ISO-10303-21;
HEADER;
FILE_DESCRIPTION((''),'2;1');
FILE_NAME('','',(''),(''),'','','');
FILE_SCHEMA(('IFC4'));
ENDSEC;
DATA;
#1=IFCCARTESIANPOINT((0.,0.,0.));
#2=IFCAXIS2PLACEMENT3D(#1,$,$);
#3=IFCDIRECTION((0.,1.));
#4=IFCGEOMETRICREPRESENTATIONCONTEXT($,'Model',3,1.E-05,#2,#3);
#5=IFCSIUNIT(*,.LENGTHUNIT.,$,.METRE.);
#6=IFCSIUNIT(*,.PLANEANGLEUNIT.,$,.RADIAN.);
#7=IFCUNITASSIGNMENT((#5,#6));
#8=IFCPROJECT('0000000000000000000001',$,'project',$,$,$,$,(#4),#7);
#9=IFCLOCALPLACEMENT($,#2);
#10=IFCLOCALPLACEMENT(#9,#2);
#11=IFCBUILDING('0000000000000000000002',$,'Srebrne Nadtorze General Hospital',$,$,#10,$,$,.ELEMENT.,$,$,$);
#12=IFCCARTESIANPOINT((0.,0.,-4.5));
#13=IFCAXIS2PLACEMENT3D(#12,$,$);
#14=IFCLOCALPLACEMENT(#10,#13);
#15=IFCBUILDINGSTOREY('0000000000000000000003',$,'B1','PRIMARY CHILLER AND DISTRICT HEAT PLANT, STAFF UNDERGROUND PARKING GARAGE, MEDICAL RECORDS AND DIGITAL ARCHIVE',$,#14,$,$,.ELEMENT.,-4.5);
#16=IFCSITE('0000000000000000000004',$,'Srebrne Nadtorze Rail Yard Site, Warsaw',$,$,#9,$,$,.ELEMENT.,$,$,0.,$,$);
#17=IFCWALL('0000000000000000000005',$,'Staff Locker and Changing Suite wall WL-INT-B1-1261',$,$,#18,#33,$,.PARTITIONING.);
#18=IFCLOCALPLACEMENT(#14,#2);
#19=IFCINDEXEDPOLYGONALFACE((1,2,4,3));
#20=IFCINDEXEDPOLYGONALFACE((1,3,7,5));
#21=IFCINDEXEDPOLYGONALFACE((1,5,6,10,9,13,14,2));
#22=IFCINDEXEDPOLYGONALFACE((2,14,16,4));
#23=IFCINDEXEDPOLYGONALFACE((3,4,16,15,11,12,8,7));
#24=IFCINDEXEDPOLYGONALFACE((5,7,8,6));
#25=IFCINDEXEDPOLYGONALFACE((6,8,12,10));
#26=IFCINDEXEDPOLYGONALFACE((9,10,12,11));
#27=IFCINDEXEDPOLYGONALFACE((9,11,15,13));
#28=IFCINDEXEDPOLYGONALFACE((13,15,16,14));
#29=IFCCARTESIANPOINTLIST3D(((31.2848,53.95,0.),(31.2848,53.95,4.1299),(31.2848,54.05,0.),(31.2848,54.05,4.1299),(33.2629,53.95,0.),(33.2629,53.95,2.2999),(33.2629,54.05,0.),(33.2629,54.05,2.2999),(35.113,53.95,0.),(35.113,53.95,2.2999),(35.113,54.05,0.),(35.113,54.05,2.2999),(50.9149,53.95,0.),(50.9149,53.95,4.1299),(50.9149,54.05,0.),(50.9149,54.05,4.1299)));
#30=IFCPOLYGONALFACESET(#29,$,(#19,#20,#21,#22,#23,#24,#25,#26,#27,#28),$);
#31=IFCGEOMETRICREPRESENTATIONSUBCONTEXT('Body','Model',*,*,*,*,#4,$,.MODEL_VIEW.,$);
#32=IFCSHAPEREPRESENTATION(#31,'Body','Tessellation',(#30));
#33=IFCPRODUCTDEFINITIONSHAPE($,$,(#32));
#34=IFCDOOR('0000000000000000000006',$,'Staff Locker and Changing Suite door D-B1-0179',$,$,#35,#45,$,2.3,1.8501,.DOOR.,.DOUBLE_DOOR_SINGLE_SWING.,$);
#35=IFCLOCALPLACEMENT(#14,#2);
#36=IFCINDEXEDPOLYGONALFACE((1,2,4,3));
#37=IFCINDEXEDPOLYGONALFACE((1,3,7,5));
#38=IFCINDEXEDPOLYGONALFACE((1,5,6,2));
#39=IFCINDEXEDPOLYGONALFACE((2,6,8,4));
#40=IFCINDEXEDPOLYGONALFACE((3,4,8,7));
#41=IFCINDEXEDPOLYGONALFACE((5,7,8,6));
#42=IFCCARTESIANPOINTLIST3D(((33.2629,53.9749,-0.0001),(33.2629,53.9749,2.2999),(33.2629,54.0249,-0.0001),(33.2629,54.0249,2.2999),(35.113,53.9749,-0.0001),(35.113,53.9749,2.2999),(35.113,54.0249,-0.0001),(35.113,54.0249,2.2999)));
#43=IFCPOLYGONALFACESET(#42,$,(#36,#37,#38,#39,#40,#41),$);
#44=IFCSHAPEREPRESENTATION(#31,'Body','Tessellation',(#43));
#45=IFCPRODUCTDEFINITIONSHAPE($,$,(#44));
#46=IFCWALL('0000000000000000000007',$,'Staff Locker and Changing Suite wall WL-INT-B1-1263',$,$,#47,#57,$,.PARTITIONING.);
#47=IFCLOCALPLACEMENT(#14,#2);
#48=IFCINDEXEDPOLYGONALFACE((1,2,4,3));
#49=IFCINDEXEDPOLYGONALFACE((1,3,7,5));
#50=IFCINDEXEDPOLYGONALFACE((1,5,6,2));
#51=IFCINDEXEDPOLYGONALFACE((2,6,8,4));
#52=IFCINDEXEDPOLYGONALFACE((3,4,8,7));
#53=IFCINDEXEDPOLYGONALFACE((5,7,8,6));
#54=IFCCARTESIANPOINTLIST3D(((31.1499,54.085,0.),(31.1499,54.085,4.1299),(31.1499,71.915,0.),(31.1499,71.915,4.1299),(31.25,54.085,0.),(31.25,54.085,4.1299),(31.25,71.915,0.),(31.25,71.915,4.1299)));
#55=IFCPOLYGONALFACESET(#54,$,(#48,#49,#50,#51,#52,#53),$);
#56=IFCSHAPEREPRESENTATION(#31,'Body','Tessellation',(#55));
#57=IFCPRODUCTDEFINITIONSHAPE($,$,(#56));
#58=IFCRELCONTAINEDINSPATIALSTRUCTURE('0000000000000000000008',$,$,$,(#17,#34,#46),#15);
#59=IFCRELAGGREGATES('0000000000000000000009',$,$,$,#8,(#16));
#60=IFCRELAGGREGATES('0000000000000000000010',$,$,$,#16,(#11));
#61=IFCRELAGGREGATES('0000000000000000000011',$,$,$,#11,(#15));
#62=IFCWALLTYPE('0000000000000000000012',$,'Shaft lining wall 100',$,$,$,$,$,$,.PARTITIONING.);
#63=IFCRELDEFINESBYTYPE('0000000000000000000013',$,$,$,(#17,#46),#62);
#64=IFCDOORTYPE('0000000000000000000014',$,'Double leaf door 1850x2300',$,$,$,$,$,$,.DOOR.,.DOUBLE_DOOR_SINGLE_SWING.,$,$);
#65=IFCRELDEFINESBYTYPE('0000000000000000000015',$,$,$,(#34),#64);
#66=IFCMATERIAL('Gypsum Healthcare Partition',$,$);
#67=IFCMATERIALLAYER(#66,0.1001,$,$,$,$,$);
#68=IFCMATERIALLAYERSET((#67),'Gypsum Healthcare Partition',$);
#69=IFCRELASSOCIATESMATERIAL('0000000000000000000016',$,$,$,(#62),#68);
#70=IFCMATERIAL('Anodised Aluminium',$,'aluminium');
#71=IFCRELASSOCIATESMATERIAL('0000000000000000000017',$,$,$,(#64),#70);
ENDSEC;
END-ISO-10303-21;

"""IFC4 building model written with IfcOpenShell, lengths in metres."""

from ifc_helpers import new_model, si_unit, direction, frame, frame_2d, origin, place, context, subcontext, project, spatial, rectangle, extrude, material, layer, layer_set, type_object, element, fill, save


model = new_model("IFC4")

# Units and contexts
model_context = context("Model", 3, precision=1e-05, world=origin(), true_north=direction((0.0, 1.0)))
body_context = subcontext(model_context, "Body", "Model", "MODEL_VIEW")
ifc_project = project(units=[si_unit("LENGTHUNIT", "METRE"), si_unit("PLANEANGLEUNIT", "RADIAN")], contexts=[model_context])

# Site, building, storey
site_placement = place(None, origin())
site = spatial("IfcSite", under=ifc_project, at=site_placement, Name="Srebrne Nadtorze Rail Yard Site, Warsaw", CompositionType="ELEMENT", RefElevation=0.0)
building_placement = place(site_placement, origin())
building = spatial("IfcBuilding", under=site, at=building_placement, Name="Srebrne Nadtorze General Hospital", CompositionType="ELEMENT")
storey_placement = place(building_placement, frame((0.0, 0.0, -4.5)))
storey = spatial("IfcBuildingStorey", under=building, at=storey_placement, Name="B1", Description="PRIMARY CHILLER AND DISTRICT HEAT PLANT, STAFF UNDERGROUND PARKING GARAGE, MEDICAL RECORDS AND DIGITAL ARCHIVE", CompositionType="ELEMENT", Elevation=-4.5)

# Wall, opening, door
ifc_material_1 = material(Name="Gypsum Healthcare Partition")
ifc_layer_1 = layer(ifc_material_1, 0.1001)
ifc_layer_set_1 = layer_set([ifc_layer_1], Name="Gypsum Healthcare Partition")
wall_type = type_object("IfcWallType", Name="Shaft lining wall 100", PredefinedType="PARTITIONING", material=ifc_layer_set_1)
wall_1_placement = place(storey_placement, frame((31.2849, 54.0, 0.0), z_axis=(0.0, 0.0, 1.0), x_axis=(1.0, 0.0, 0.0)))
wall_1 = element("IfcWall", 1, at=wall_1_placement, inside=storey, type_object=wall_type, Name="Staff Locker and Changing Suite wall WL-INT-B1-1261", PredefinedType="PARTITIONING", context=body_context, shape_type="SweptSolid", body=[
    extrude(rectangle(XDim=19.6301, YDim=0.1001, at=frame_2d((9.8149, 0.0))), origin(), (0.0, 0.0, 1.0), 4.1299),
])
opening_placement = place(wall_1_placement, frame((1.978, 0.0, 0.0)))
opening = element("IfcOpeningElement", 2, at=opening_placement, cuts=wall_1, PredefinedType="OPENING", context=body_context, shape_type="SweptSolid", body=[
    extrude(rectangle(XDim=1.8501, YDim=2.3, at=frame_2d((0.925, 1.1499))), frame((0.0, 0.062, 0.0), z_axis=(0.0, -1.0, 0.0), x_axis=(1.0, 0.0, 0.0)), (0.0, 0.0, 1.0), 0.124),
])
ifc_material_2 = material(Name="Anodised Aluminium", Category="aluminium")
door_type = type_object("IfcDoorType", Name="Double leaf door 1850x2300", OperationType="DOUBLE_DOOR_SINGLE_SWING", PredefinedType="DOOR", material=ifc_material_2)
door_placement = place(opening_placement, origin())
door = element("IfcDoor", 3, at=door_placement, inside=storey, type_object=door_type, Name="Staff Locker and Changing Suite door D-B1-0179", OperationType="DOUBLE_DOOR_SINGLE_SWING", OverallHeight=2.3, OverallWidth=1.8501, PredefinedType="DOOR", context=body_context, shape_type="SweptSolid", body=[
    extrude(rectangle(XDim=1.8501, YDim=2.3, at=frame_2d((0.925, 1.1499))), frame((0.0, 0.0249, 0.0), z_axis=(0.0, -1.0, 0.0), x_axis=(1.0, 0.0, 0.0)), (0.0, 0.0, 1.0), 0.05),
])
fill(opening, door)

# Wall
wall_2_placement = place(storey_placement, frame((31.2, 54.085, 0.0), z_axis=(0.0, 0.0, 1.0), x_axis=(0.0, 1.0, 0.0)))
element("IfcWall", 4, at=wall_2_placement, inside=storey, type_object=wall_type, Name="Staff Locker and Changing Suite wall WL-INT-B1-1263", PredefinedType="PARTITIONING", context=body_context, shape_type="SweptSolid", body=[
    extrude(rectangle(XDim=17.8301, YDim=0.1001, at=frame_2d((8.915, 0.0))), origin(), (0.0, 0.0, 1.0), 4.1299),
])

save(model, "model.ifc")
